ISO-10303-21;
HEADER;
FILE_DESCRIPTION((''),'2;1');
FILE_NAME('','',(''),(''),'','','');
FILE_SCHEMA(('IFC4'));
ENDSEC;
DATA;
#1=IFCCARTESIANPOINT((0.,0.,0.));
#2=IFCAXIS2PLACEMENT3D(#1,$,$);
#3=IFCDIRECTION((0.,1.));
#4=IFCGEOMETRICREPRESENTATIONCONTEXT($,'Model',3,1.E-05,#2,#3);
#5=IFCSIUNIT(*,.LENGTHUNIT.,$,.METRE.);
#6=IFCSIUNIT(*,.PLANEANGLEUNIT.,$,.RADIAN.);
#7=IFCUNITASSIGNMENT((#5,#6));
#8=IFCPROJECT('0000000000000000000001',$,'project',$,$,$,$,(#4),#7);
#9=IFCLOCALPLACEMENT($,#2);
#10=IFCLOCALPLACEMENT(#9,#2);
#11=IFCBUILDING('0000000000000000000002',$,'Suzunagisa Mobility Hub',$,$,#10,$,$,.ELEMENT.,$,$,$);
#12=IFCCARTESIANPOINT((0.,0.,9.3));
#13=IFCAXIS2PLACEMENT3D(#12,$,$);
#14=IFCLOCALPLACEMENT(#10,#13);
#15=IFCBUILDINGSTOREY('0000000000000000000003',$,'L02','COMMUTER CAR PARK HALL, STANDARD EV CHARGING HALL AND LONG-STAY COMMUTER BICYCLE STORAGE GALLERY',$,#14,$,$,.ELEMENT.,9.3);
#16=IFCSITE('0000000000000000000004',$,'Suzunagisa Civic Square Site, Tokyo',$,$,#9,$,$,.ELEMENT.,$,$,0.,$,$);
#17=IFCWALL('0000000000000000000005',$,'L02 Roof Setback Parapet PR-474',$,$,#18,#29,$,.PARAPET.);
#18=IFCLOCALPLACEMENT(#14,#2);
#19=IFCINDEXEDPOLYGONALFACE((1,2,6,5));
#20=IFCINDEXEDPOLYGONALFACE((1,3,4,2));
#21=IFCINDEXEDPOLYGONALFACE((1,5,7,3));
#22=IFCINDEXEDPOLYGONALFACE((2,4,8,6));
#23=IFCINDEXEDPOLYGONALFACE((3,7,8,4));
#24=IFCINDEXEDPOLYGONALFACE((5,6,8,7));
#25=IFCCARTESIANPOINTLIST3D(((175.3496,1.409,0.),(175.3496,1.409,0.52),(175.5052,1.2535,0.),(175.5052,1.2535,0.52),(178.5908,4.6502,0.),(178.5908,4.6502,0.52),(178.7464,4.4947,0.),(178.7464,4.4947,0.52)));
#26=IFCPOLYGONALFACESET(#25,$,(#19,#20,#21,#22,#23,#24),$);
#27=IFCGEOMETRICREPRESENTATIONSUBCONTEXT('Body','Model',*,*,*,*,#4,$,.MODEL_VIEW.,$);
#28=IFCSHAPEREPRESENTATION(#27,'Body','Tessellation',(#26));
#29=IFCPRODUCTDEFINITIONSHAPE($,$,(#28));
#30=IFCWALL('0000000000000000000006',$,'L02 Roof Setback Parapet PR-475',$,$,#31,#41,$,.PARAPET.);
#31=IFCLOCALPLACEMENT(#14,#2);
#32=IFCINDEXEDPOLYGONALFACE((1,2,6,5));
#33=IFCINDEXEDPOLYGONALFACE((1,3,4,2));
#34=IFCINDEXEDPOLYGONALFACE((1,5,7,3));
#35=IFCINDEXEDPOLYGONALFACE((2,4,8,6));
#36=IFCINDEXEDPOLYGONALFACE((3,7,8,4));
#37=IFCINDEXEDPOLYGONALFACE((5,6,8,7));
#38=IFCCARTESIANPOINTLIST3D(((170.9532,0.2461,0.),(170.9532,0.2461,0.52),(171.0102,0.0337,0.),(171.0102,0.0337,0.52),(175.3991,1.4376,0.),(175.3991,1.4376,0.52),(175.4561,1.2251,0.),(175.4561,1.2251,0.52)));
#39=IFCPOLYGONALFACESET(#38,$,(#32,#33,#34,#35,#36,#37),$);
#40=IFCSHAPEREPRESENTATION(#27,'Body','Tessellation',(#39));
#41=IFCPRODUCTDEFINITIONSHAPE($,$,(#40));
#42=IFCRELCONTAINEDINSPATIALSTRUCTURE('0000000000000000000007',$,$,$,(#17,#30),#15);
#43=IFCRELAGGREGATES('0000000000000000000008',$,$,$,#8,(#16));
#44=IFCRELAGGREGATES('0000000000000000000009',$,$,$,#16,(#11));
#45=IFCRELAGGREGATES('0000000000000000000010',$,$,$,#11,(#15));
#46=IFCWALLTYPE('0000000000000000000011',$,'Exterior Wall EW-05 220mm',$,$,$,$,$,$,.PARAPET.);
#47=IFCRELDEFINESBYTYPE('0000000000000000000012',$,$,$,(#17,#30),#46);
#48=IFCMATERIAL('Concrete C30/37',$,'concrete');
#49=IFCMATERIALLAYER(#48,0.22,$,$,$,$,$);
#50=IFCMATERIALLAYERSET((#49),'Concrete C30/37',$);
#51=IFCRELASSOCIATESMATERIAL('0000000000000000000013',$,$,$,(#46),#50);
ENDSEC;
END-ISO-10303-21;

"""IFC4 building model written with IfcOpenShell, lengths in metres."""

from ifc_helpers import new_model, si_unit, direction, frame, frame_2d, origin, place, context, subcontext, project, spatial, rectangle, extrude, material, layer, layer_set, type_object, element, save


model = new_model("IFC4")

# Units and contexts
model_context = context("Model", 3, precision=1e-05, world=origin(), true_north=direction((0.0, 1.0)))
body_context = subcontext(model_context, "Body", "Model", "MODEL_VIEW")
ifc_project = project(units=[si_unit("LENGTHUNIT", "METRE"), si_unit("PLANEANGLEUNIT", "RADIAN")], contexts=[model_context])

# Site, building, storey
site_placement = place(None, origin())
site = spatial("IfcSite", under=ifc_project, at=site_placement, Name="Suzunagisa Civic Square Site, Tokyo", CompositionType="ELEMENT", RefElevation=0.0)
building_placement = place(site_placement, origin())
building = spatial("IfcBuilding", under=site, at=building_placement, Name="Suzunagisa Mobility Hub", CompositionType="ELEMENT")
storey_placement = place(building_placement, frame((0.0, 0.0, 9.3)))
storey = spatial("IfcBuildingStorey", under=building, at=storey_placement, Name="L02", Description="COMMUTER CAR PARK HALL, STANDARD EV CHARGING HALL AND LONG-STAY COMMUTER BICYCLE STORAGE GALLERY", CompositionType="ELEMENT", Elevation=9.3)

# Walls
ifc_material_1 = material(Name="Concrete C30/37", Category="concrete")
ifc_layer_1 = layer(ifc_material_1, 0.22)
ifc_layer_set_1 = layer_set([ifc_layer_1], Name="Concrete C30/37")
wall_type = type_object("IfcWallType", Name="Exterior Wall EW-05 220mm", PredefinedType="PARAPET", material=ifc_layer_set_1)
wall_1_placement = place(storey_placement, frame((178.6687, 4.5725, 0.0), z_axis=(0.0, 0.0, 1.0), x_axis=(-0.707107, -0.707107, 0.0)))
element("IfcWall", 1, at=wall_1_placement, inside=storey, type_object=wall_type, Name="L02 Roof Setback Parapet PR-474", PredefinedType="PARAPET", context=body_context, shape_type="SweptSolid", body=[
    extrude(rectangle(XDim=4.5837, YDim=0.22, at=frame_2d((2.292, 0.0))), origin(), (0.0, 0.0, 1.0), 0.52),
])
wall_2_placement = place(storey_placement, frame((175.4275, 1.3313, 0.0), z_axis=(0.0, 0.0, 1.0), x_axis=(-0.965917, -0.258851, 0.0)))
element("IfcWall", 2, at=wall_2_placement, inside=storey, type_object=wall_type, Name="L02 Roof Setback Parapet PR-475", PredefinedType="PARAPET", context=body_context, shape_type="SweptSolid", body=[
    extrude(rectangle(XDim=4.6028, YDim=0.22, at=frame_2d((2.3013, 0.0))), origin(), (0.0, 0.0, 1.0), 0.52),
])

save(model, "model.ifc")
